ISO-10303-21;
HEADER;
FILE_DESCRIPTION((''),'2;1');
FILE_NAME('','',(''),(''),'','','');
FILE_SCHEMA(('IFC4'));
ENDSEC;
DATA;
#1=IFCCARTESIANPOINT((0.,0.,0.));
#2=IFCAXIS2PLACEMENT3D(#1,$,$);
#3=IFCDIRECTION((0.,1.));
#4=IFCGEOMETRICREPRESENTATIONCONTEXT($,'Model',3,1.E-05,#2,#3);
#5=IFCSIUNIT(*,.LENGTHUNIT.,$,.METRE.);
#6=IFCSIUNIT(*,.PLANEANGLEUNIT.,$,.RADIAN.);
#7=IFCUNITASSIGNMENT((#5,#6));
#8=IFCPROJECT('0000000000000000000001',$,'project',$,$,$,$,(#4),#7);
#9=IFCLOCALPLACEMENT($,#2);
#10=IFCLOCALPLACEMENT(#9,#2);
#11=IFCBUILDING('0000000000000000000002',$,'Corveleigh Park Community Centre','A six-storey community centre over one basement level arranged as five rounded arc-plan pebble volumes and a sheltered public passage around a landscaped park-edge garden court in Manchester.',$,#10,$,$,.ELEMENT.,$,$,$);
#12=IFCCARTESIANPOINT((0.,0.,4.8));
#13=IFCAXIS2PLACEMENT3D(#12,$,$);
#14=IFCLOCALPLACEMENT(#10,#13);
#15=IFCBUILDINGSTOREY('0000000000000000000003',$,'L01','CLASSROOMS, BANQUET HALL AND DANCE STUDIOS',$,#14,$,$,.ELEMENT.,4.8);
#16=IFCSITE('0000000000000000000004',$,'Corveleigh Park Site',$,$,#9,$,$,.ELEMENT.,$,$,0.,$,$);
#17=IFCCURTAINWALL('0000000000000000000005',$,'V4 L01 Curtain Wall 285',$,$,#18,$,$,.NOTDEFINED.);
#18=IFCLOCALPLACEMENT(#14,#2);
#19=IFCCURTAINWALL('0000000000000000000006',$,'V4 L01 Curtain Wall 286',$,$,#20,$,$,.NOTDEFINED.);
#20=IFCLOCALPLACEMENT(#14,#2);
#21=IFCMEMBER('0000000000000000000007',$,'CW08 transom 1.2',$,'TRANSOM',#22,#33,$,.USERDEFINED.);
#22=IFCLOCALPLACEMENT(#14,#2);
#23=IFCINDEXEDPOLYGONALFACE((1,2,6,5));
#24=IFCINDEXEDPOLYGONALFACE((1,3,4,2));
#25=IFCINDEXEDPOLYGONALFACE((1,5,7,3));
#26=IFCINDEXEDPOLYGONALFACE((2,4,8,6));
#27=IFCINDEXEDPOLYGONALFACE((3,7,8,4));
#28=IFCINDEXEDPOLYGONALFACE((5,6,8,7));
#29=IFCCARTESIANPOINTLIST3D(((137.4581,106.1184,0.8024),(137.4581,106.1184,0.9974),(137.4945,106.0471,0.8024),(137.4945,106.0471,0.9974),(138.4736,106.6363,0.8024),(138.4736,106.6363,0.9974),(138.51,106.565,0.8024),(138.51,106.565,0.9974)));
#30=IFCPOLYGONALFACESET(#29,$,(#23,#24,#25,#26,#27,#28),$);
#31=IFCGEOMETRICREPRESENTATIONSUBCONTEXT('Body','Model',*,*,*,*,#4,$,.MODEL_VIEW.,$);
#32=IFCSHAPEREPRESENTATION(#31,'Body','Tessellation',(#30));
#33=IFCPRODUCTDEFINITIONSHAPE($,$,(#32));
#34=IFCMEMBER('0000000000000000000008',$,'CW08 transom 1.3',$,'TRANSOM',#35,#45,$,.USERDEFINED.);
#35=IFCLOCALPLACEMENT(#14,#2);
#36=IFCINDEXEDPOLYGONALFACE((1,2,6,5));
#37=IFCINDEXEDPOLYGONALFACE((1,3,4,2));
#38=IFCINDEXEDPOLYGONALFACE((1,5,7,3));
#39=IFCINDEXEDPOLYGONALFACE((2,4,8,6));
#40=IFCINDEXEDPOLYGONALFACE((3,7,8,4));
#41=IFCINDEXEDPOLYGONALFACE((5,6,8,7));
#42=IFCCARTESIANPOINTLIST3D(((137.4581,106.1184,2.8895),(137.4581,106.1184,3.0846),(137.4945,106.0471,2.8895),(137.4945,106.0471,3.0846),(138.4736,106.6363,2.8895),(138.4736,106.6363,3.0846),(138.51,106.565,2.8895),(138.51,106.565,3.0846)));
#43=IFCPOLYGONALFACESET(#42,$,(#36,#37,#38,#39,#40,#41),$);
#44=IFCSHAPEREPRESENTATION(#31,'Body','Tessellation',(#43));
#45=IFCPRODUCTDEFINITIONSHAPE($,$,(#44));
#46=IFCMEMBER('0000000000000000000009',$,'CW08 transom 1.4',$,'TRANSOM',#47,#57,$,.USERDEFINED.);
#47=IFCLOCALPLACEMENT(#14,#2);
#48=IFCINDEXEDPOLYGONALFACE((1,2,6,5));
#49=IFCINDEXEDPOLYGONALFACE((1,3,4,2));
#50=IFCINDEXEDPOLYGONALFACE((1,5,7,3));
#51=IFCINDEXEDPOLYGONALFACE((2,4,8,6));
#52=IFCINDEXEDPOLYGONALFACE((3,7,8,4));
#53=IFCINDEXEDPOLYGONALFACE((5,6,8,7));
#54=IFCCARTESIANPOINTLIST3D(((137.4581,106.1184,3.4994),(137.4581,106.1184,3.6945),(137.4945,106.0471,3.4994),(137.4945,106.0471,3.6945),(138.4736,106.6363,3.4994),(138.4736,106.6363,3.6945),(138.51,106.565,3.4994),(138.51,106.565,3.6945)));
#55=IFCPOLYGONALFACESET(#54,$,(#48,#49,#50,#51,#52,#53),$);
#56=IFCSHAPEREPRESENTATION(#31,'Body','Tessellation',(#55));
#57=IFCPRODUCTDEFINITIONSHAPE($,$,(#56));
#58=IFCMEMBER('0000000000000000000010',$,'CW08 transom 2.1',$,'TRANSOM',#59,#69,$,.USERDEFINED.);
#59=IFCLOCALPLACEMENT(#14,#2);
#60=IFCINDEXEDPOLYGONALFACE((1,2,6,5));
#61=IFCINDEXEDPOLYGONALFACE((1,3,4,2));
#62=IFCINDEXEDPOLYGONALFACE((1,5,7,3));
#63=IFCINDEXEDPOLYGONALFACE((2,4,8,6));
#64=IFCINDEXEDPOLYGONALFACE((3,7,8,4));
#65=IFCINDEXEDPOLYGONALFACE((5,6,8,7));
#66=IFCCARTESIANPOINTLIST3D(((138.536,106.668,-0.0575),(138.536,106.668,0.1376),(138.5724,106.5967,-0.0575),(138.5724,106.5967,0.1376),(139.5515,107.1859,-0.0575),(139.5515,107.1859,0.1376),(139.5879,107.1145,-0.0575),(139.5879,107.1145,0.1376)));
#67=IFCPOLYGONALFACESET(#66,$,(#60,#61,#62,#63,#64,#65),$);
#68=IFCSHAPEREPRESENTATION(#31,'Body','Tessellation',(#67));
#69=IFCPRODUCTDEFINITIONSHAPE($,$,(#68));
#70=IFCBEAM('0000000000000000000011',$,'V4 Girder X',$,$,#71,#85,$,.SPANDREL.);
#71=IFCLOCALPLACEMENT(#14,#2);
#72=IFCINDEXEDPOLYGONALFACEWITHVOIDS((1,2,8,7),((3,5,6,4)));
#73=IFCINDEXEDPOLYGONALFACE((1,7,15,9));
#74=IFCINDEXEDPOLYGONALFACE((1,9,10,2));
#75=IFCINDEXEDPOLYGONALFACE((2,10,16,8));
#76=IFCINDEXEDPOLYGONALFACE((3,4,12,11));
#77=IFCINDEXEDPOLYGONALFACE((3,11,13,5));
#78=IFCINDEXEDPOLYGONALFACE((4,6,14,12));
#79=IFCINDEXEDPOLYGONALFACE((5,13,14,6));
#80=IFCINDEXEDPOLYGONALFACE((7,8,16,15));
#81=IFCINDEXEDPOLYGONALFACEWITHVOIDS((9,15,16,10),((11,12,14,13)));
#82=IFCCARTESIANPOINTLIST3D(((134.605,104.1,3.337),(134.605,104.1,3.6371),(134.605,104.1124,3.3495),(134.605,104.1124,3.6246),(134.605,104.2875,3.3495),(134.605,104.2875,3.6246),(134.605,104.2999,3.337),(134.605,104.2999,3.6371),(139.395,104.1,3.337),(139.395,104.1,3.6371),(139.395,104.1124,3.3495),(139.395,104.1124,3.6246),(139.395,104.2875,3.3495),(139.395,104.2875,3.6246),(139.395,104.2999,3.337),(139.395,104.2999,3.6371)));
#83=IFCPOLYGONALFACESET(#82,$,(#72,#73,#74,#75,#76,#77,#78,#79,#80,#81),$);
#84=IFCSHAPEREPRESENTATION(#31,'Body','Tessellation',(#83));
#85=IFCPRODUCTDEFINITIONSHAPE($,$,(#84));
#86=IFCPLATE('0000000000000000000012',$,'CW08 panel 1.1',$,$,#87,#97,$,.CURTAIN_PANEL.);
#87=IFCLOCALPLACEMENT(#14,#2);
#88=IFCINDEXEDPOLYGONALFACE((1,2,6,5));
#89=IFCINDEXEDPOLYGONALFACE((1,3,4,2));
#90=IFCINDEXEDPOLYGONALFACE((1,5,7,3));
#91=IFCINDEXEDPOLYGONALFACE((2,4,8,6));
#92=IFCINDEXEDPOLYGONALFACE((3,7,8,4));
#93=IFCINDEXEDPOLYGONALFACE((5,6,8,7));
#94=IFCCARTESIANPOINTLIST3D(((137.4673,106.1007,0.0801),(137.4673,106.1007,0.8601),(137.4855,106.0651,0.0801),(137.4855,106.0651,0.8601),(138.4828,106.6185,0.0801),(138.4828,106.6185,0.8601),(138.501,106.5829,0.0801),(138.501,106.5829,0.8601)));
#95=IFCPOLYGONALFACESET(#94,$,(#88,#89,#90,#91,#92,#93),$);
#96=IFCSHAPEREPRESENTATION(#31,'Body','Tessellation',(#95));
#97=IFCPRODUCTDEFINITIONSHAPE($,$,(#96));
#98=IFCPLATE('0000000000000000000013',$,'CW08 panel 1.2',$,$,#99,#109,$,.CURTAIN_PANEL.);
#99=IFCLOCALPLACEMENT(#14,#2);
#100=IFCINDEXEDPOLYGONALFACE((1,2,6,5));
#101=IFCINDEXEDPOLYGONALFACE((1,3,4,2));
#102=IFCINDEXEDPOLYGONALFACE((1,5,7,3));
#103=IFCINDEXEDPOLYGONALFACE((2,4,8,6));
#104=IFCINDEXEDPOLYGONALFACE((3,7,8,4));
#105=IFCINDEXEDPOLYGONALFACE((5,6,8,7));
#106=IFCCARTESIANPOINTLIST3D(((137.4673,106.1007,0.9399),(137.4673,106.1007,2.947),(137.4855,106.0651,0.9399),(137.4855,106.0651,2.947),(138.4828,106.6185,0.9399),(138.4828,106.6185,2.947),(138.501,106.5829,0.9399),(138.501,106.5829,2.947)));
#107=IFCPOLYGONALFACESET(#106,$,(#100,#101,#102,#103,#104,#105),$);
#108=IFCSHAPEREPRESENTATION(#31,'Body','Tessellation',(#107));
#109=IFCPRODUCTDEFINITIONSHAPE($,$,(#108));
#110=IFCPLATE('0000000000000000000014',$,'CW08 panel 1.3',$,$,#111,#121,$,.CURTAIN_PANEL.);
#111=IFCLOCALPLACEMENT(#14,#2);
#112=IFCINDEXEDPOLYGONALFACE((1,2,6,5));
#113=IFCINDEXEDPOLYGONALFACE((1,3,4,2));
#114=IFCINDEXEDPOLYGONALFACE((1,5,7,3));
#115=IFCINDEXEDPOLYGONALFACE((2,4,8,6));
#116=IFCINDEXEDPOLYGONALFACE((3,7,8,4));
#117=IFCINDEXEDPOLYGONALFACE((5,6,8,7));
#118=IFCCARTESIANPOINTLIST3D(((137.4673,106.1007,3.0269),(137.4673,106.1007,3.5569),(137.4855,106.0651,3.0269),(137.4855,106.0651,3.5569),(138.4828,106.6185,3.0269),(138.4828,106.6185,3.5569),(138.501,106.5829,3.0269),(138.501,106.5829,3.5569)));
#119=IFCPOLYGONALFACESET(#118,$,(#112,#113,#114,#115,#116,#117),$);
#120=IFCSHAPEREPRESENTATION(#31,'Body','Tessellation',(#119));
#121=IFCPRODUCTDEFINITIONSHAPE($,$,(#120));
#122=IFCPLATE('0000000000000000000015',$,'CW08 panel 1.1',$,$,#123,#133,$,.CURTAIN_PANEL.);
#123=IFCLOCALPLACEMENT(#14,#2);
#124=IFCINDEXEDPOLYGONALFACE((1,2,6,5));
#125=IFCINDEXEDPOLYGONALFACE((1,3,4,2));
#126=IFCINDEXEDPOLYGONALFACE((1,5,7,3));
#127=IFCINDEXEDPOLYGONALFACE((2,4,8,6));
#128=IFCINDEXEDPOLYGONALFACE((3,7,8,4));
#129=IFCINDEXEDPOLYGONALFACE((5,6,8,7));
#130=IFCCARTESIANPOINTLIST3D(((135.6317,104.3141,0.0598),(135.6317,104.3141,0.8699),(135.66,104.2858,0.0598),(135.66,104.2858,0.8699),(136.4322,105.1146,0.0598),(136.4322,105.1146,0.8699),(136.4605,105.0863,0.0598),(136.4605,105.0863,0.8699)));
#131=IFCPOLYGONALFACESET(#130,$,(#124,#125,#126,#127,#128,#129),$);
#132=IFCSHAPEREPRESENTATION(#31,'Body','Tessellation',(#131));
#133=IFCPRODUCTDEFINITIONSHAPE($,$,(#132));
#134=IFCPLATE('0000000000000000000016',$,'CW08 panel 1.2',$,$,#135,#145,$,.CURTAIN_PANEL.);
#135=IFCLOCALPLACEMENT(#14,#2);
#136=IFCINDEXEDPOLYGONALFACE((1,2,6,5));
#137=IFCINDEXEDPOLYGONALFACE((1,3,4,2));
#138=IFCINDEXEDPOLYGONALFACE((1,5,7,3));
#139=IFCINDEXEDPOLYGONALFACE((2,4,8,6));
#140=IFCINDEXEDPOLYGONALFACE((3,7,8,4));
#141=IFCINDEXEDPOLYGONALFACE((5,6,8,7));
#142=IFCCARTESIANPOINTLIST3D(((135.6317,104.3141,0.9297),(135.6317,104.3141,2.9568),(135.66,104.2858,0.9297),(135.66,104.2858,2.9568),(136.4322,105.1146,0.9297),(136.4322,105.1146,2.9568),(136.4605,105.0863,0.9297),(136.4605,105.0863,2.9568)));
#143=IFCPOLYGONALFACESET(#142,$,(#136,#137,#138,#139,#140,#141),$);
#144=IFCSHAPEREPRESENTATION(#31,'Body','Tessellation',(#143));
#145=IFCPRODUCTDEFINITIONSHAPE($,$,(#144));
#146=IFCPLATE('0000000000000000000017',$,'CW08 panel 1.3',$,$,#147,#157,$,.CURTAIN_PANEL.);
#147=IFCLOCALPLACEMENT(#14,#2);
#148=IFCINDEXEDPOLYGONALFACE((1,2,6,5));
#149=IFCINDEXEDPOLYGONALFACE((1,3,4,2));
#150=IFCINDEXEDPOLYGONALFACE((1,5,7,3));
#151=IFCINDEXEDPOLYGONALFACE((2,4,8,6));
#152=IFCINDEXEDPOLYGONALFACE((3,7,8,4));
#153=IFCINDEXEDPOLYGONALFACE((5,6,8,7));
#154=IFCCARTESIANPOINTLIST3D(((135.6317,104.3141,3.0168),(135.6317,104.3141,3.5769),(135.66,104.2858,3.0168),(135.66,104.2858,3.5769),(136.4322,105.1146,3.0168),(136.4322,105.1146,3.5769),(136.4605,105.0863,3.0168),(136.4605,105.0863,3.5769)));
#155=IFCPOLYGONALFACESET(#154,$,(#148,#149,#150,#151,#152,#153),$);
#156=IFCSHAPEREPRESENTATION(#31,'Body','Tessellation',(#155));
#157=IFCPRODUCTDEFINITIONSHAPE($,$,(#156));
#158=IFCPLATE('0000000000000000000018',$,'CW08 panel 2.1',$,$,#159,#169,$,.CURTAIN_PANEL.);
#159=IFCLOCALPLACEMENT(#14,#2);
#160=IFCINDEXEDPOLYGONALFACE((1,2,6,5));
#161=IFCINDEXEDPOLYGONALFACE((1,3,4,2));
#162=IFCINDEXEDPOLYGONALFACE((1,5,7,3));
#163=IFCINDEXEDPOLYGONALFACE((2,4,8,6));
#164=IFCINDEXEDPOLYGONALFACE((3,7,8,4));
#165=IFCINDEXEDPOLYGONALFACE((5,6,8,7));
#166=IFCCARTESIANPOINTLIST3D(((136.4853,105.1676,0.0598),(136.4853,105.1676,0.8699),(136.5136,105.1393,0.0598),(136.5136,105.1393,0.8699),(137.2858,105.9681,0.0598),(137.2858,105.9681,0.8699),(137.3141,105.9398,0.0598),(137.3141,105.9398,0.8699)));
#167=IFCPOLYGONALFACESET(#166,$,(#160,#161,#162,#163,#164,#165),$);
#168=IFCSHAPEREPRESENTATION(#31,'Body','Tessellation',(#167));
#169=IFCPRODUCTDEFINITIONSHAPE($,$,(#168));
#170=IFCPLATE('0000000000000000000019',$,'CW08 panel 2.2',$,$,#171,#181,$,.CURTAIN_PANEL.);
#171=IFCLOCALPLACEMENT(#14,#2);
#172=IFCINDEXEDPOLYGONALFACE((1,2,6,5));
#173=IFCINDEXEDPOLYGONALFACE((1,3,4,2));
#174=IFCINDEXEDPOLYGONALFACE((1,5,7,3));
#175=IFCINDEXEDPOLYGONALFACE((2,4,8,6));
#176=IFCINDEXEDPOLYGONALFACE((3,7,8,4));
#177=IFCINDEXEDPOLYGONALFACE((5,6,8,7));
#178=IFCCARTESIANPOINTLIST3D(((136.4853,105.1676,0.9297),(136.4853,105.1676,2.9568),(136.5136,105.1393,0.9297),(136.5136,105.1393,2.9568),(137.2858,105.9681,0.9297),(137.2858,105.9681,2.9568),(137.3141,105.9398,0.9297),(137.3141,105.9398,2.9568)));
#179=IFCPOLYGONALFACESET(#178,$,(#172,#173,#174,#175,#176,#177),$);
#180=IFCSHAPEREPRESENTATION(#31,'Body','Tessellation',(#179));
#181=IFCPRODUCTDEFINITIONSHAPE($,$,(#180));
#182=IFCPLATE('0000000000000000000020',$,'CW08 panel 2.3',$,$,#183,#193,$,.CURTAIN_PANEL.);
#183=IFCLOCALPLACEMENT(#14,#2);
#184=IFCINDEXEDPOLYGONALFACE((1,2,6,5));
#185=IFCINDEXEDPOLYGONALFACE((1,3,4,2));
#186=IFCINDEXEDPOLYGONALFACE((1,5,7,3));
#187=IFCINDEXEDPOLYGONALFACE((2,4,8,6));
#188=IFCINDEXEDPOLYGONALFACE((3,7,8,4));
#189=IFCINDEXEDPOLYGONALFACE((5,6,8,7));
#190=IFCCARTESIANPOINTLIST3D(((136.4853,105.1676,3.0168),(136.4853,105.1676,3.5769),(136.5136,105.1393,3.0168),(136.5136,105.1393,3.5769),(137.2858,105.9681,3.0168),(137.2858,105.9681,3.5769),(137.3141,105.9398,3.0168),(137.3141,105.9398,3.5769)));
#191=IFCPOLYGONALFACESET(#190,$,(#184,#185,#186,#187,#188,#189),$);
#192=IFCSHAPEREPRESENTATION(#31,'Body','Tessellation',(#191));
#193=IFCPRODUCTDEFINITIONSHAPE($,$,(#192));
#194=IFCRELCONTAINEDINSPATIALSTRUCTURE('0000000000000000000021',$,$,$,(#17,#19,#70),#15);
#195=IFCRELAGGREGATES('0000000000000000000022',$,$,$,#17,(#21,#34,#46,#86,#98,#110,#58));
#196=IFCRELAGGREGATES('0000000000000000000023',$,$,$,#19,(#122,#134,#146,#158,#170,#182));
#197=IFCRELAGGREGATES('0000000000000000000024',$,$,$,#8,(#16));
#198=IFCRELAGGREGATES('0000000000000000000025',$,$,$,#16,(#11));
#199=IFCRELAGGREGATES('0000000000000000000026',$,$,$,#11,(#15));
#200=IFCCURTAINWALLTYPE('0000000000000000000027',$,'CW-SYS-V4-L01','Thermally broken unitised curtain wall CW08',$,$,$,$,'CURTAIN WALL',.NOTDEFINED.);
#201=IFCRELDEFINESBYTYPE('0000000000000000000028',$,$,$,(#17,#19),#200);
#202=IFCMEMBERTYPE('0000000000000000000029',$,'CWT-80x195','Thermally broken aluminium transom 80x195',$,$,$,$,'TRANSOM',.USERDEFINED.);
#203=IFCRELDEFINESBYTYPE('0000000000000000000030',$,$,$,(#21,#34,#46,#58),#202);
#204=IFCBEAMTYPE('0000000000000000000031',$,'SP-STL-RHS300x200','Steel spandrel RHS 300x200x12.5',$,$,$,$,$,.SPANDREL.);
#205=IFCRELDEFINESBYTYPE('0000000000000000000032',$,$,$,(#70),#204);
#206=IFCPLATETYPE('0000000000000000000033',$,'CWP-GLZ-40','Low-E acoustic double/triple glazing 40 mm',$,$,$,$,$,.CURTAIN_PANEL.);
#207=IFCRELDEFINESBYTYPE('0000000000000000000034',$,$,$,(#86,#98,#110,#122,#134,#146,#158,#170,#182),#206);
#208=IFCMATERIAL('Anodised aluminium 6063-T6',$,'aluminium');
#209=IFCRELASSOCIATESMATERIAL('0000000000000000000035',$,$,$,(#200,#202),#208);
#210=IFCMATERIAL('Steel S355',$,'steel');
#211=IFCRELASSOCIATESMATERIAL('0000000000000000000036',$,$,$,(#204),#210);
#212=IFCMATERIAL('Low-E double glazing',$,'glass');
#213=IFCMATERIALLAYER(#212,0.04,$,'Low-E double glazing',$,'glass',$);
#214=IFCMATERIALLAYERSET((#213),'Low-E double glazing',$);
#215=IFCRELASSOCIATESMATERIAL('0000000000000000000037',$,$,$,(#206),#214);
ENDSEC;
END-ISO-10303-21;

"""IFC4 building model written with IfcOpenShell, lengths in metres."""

from ifc_helpers import new_model, si_unit, direction, frame, origin, origin_2d, place, context, subcontext, project, spatial, rectangle, hollow_rectangle, extrude, material, layer, layer_set, material_profile, profile_set, type_object, element, aggregate, save


model = new_model("IFC4")

# Units and contexts
model_context = context("Model", 3, precision=1e-05, world=origin(), true_north=direction((0.0, 1.0)))
body_context = subcontext(model_context, "Body", "Model", "MODEL_VIEW")
ifc_project = project(units=[si_unit("LENGTHUNIT", "METRE"), si_unit("PLANEANGLEUNIT", "RADIAN")], contexts=[model_context])

# Site, building, storey
site_placement = place(None, origin())
site = spatial("IfcSite", under=ifc_project, at=site_placement, Name="Corveleigh Park Site", CompositionType="ELEMENT", RefElevation=0.0)
building_placement = place(site_placement, origin())
building = spatial("IfcBuilding", under=site, at=building_placement, Name="Corveleigh Park Community Centre", Description="A six-storey community centre over one basement level arranged as five rounded arc-plan pebble volumes and a sheltered public passage around a landscaped park-edge garden court in Manchester.", CompositionType="ELEMENT")
storey_placement = place(building_placement, frame((0.0, 0.0, 4.8)))
storey = spatial("IfcBuildingStorey", under=building, at=storey_placement, Name="L01", Description="CLASSROOMS, BANQUET HALL AND DANCE STUDIOS", CompositionType="ELEMENT", Elevation=4.8)

# Curtain walls
ifc_material_1 = material(Name="Anodised aluminium 6063-T6", Category="aluminium")
curtain_wall_type = type_object("IfcCurtainWallType", Name="CW-SYS-V4-L01", Description="Thermally broken unitised curtain wall CW08", ElementType="CURTAIN WALL", PredefinedType="NOTDEFINED", material=ifc_material_1)
curtain_wall_1_placement = place(storey_placement, origin())
curtain_wall_1 = element("IfcCurtainWall", 1, at=curtain_wall_1_placement, inside=storey, type_object=curtain_wall_type, Name="V4 L01 Curtain Wall 285", PredefinedType="NOTDEFINED")
curtain_wall_2_placement = place(storey_placement, origin())
curtain_wall_2 = element("IfcCurtainWall", 2, at=curtain_wall_2_placement, inside=storey, type_object=curtain_wall_type, Name="V4 L01 Curtain Wall 286", PredefinedType="NOTDEFINED")

# Members
ifc_material_profile_1 = material_profile(ifc_material_1, rectangle(XDim=0.0801, YDim=0.1951, at=origin_2d()), Name="ALU-T80x195", Category="aluminium")
ifc_profile_set_1 = profile_set([ifc_material_profile_1], Name="Anodised aluminium 6063-T6")
member_type_1 = type_object("IfcMemberType", Name="CWT-80x195", Description="Thermally broken aluminium transom 80x195", ElementType="TRANSOM", PredefinedType="USERDEFINED", material=ifc_profile_set_1)
member_1_placement = place(storey_placement, frame((137.4763, 106.0828, 0.8999), z_axis=(0.890843, 0.454311, 0.0), x_axis=(-0.454311, 0.890843, 0.0)))
member_1 = element("IfcMember", 3, at=member_1_placement, type_object=member_type_1, Name="CW08 transom 1.2", ObjectType="TRANSOM", PredefinedType="USERDEFINED", context=body_context, shape_type="SweptSolid", body=[
    extrude(rectangle(XDim=0.0801, YDim=0.1951, at=origin_2d()), origin(), (0.0, 0.0, 1.0), 1.1399),
])
member_2_placement = place(storey_placement, frame((137.4763, 106.0828, 2.9871), z_axis=(0.890843, 0.454311, 0.0), x_axis=(-0.454311, 0.890843, 0.0)))
member_2 = element("IfcMember", 4, at=member_2_placement, type_object=member_type_1, Name="CW08 transom 1.3", ObjectType="TRANSOM", PredefinedType="USERDEFINED", context=body_context, shape_type="SweptSolid", body=[
    extrude(rectangle(XDim=0.0801, YDim=0.1951, at=origin_2d()), origin(), (0.0, 0.0, 1.0), 1.1399),
])
member_3_placement = place(storey_placement, frame((137.4763, 106.0828, 3.5969), z_axis=(0.890843, 0.454311, 0.0), x_axis=(-0.454311, 0.890843, 0.0)))
member_3 = element("IfcMember", 5, at=member_3_placement, type_object=member_type_1, Name="CW08 transom 1.4", ObjectType="TRANSOM", PredefinedType="USERDEFINED", context=body_context, shape_type="SweptSolid", body=[
    extrude(rectangle(XDim=0.0801, YDim=0.1951, at=origin_2d()), origin(), (0.0, 0.0, 1.0), 1.1399),
])
member_4_placement = place(storey_placement, frame((138.5542, 106.6323, 0.04), z_axis=(0.890843, 0.454311, 0.0), x_axis=(-0.454311, 0.890843, 0.0)))
member_4 = element("IfcMember", 6, at=member_4_placement, type_object=member_type_1, Name="CW08 transom 2.1", ObjectType="TRANSOM", PredefinedType="USERDEFINED", context=body_context, shape_type="SweptSolid", body=[
    extrude(rectangle(XDim=0.0801, YDim=0.1951, at=origin_2d()), origin(), (0.0, 0.0, 1.0), 1.1399),
])

# Beam
ifc_material_2 = material(Name="Steel S355", Category="steel")
ifc_material_profile_2 = material_profile(ifc_material_2, hollow_rectangle(XDim=0.2, YDim=0.3, WallThickness=0.0125, at=origin_2d()), Name="RHS 300x200x12.5", Category="steel")
ifc_profile_set_2 = profile_set([ifc_material_profile_2], Name="Steel S355")
beam_type = type_object("IfcBeamType", Name="SP-STL-RHS300x200", Description="Steel spandrel RHS 300x200x12.5", PredefinedType="SPANDREL", material=ifc_profile_set_2)
beam_placement = place(storey_placement, frame((134.605, 104.2, 3.4871), z_axis=(1.0, 0.0, 0.0), x_axis=(0.0, 1.0, 0.0)))
element("IfcBeam", 7, at=beam_placement, inside=storey, type_object=beam_type, Name="V4 Girder X", PredefinedType="SPANDREL", context=body_context, shape_type="SweptSolid", body=[
    extrude(hollow_rectangle(XDim=0.2, YDim=0.3, WallThickness=0.0125, at=origin_2d()), origin(), (0.0, 0.0, 1.0), 4.79),
])

# Plates
ifc_material_3 = material(Name="Low-E double glazing", Category="glass")
ifc_layer = layer(ifc_material_3, 0.04, Name="Low-E double glazing", Category="glass")
ifc_layer_set = layer_set([ifc_layer], Name="Low-E double glazing")
plate_type = type_object("IfcPlateType", Name="CWP-GLZ-40", Description="Low-E acoustic double/triple glazing 40 mm", PredefinedType="CURTAIN_PANEL", material=ifc_layer_set)
plate_1_placement = place(storey_placement, frame((137.9841, 106.3418, 0.0801), z_axis=(0.0, 0.0, 1.0), x_axis=(0.890865, 0.454269, 0.0)))
plate_1 = element("IfcPlate", 8, at=plate_1_placement, type_object=plate_type, Name="CW08 panel 1.1", PredefinedType="CURTAIN_PANEL", context=body_context, shape_type="SweptSolid", body=[
    extrude(rectangle(XDim=1.1399, YDim=0.04, at=origin_2d()), origin(), (0.0, 0.0, 1.0), 0.78),
])
plate_2_placement = place(storey_placement, frame((137.9841, 106.3418, 0.9399), z_axis=(0.0, 0.0, 1.0), x_axis=(0.890865, 0.454269, 0.0)))
plate_2 = element("IfcPlate", 9, at=plate_2_placement, type_object=plate_type, Name="CW08 panel 1.2", PredefinedType="CURTAIN_PANEL", context=body_context, shape_type="SweptSolid", body=[
    extrude(rectangle(XDim=1.1399, YDim=0.04, at=origin_2d()), origin(), (0.0, 0.0, 1.0), 2.0071),
])
plate_3_placement = place(storey_placement, frame((137.9841, 106.3418, 3.0269), z_axis=(0.0, 0.0, 1.0), x_axis=(0.890865, 0.454269, 0.0)))
plate_3 = element("IfcPlate", 10, at=plate_3_placement, type_object=plate_type, Name="CW08 panel 1.3", PredefinedType="CURTAIN_PANEL", context=body_context, shape_type="SweptSolid", body=[
    extrude(rectangle(XDim=1.1399, YDim=0.04, at=origin_2d()), origin(), (0.0, 0.0, 1.0), 0.53),
])
aggregate(curtain_wall_1, [member_1, member_2, member_3, plate_1, plate_2, plate_3, member_4])
plate_4_placement = place(storey_placement, frame((136.0461, 104.7002, 0.0598), z_axis=(0.0, 0.0, 1.0), x_axis=(0.707107, 0.707107, 0.0)))
plate_4 = element("IfcPlate", 11, at=plate_4_placement, type_object=plate_type, Name="CW08 panel 1.1", PredefinedType="CURTAIN_PANEL", context=body_context, shape_type="SweptSolid", body=[
    extrude(rectangle(XDim=1.1321, YDim=0.04, at=origin_2d()), origin(), (0.0, 0.0, 1.0), 0.8101),
])
plate_5_placement = place(storey_placement, frame((136.0461, 104.7002, 0.9297), z_axis=(0.0, 0.0, 1.0), x_axis=(0.707107, 0.707107, 0.0)))
plate_5 = element("IfcPlate", 12, at=plate_5_placement, type_object=plate_type, Name="CW08 panel 1.2", PredefinedType="CURTAIN_PANEL", context=body_context, shape_type="SweptSolid", body=[
    extrude(rectangle(XDim=1.1321, YDim=0.04, at=origin_2d()), origin(), (0.0, 0.0, 1.0), 2.0271),
])
plate_6_placement = place(storey_placement, frame((136.0461, 104.7002, 3.0168), z_axis=(0.0, 0.0, 1.0), x_axis=(0.707107, 0.707107, 0.0)))
plate_6 = element("IfcPlate", 13, at=plate_6_placement, type_object=plate_type, Name="CW08 panel 1.3", PredefinedType="CURTAIN_PANEL", context=body_context, shape_type="SweptSolid", body=[
    extrude(rectangle(XDim=1.1321, YDim=0.04, at=origin_2d()), origin(), (0.0, 0.0, 1.0), 0.5601),
])
plate_7_placement = place(storey_placement, frame((136.8997, 105.5537, 0.0598), z_axis=(0.0, 0.0, 1.0), x_axis=(0.707107, 0.707107, 0.0)))
plate_7 = element("IfcPlate", 14, at=plate_7_placement, type_object=plate_type, Name="CW08 panel 2.1", PredefinedType="CURTAIN_PANEL", context=body_context, shape_type="SweptSolid", body=[
    extrude(rectangle(XDim=1.1321, YDim=0.04, at=origin_2d()), origin(), (0.0, 0.0, 1.0), 0.8101),
])
plate_8_placement = place(storey_placement, frame((136.8997, 105.5537, 0.9297), z_axis=(0.0, 0.0, 1.0), x_axis=(0.707107, 0.707107, 0.0)))
plate_8 = element("IfcPlate", 15, at=plate_8_placement, type_object=plate_type, Name="CW08 panel 2.2", PredefinedType="CURTAIN_PANEL", context=body_context, shape_type="SweptSolid", body=[
    extrude(rectangle(XDim=1.1321, YDim=0.04, at=origin_2d()), origin(), (0.0, 0.0, 1.0), 2.0271),
])
plate_9_placement = place(storey_placement, frame((136.8997, 105.5537, 3.0168), z_axis=(0.0, 0.0, 1.0), x_axis=(0.707107, 0.707107, 0.0)))
plate_9 = element("IfcPlate", 16, at=plate_9_placement, type_object=plate_type, Name="CW08 panel 2.3", PredefinedType="CURTAIN_PANEL", context=body_context, shape_type="SweptSolid", body=[
    extrude(rectangle(XDim=1.1321, YDim=0.04, at=origin_2d()), origin(), (0.0, 0.0, 1.0), 0.5601),
])
aggregate(curtain_wall_2, [plate_4, plate_5, plate_6, plate_7, plate_8, plate_9])

save(model, "model.ifc")
